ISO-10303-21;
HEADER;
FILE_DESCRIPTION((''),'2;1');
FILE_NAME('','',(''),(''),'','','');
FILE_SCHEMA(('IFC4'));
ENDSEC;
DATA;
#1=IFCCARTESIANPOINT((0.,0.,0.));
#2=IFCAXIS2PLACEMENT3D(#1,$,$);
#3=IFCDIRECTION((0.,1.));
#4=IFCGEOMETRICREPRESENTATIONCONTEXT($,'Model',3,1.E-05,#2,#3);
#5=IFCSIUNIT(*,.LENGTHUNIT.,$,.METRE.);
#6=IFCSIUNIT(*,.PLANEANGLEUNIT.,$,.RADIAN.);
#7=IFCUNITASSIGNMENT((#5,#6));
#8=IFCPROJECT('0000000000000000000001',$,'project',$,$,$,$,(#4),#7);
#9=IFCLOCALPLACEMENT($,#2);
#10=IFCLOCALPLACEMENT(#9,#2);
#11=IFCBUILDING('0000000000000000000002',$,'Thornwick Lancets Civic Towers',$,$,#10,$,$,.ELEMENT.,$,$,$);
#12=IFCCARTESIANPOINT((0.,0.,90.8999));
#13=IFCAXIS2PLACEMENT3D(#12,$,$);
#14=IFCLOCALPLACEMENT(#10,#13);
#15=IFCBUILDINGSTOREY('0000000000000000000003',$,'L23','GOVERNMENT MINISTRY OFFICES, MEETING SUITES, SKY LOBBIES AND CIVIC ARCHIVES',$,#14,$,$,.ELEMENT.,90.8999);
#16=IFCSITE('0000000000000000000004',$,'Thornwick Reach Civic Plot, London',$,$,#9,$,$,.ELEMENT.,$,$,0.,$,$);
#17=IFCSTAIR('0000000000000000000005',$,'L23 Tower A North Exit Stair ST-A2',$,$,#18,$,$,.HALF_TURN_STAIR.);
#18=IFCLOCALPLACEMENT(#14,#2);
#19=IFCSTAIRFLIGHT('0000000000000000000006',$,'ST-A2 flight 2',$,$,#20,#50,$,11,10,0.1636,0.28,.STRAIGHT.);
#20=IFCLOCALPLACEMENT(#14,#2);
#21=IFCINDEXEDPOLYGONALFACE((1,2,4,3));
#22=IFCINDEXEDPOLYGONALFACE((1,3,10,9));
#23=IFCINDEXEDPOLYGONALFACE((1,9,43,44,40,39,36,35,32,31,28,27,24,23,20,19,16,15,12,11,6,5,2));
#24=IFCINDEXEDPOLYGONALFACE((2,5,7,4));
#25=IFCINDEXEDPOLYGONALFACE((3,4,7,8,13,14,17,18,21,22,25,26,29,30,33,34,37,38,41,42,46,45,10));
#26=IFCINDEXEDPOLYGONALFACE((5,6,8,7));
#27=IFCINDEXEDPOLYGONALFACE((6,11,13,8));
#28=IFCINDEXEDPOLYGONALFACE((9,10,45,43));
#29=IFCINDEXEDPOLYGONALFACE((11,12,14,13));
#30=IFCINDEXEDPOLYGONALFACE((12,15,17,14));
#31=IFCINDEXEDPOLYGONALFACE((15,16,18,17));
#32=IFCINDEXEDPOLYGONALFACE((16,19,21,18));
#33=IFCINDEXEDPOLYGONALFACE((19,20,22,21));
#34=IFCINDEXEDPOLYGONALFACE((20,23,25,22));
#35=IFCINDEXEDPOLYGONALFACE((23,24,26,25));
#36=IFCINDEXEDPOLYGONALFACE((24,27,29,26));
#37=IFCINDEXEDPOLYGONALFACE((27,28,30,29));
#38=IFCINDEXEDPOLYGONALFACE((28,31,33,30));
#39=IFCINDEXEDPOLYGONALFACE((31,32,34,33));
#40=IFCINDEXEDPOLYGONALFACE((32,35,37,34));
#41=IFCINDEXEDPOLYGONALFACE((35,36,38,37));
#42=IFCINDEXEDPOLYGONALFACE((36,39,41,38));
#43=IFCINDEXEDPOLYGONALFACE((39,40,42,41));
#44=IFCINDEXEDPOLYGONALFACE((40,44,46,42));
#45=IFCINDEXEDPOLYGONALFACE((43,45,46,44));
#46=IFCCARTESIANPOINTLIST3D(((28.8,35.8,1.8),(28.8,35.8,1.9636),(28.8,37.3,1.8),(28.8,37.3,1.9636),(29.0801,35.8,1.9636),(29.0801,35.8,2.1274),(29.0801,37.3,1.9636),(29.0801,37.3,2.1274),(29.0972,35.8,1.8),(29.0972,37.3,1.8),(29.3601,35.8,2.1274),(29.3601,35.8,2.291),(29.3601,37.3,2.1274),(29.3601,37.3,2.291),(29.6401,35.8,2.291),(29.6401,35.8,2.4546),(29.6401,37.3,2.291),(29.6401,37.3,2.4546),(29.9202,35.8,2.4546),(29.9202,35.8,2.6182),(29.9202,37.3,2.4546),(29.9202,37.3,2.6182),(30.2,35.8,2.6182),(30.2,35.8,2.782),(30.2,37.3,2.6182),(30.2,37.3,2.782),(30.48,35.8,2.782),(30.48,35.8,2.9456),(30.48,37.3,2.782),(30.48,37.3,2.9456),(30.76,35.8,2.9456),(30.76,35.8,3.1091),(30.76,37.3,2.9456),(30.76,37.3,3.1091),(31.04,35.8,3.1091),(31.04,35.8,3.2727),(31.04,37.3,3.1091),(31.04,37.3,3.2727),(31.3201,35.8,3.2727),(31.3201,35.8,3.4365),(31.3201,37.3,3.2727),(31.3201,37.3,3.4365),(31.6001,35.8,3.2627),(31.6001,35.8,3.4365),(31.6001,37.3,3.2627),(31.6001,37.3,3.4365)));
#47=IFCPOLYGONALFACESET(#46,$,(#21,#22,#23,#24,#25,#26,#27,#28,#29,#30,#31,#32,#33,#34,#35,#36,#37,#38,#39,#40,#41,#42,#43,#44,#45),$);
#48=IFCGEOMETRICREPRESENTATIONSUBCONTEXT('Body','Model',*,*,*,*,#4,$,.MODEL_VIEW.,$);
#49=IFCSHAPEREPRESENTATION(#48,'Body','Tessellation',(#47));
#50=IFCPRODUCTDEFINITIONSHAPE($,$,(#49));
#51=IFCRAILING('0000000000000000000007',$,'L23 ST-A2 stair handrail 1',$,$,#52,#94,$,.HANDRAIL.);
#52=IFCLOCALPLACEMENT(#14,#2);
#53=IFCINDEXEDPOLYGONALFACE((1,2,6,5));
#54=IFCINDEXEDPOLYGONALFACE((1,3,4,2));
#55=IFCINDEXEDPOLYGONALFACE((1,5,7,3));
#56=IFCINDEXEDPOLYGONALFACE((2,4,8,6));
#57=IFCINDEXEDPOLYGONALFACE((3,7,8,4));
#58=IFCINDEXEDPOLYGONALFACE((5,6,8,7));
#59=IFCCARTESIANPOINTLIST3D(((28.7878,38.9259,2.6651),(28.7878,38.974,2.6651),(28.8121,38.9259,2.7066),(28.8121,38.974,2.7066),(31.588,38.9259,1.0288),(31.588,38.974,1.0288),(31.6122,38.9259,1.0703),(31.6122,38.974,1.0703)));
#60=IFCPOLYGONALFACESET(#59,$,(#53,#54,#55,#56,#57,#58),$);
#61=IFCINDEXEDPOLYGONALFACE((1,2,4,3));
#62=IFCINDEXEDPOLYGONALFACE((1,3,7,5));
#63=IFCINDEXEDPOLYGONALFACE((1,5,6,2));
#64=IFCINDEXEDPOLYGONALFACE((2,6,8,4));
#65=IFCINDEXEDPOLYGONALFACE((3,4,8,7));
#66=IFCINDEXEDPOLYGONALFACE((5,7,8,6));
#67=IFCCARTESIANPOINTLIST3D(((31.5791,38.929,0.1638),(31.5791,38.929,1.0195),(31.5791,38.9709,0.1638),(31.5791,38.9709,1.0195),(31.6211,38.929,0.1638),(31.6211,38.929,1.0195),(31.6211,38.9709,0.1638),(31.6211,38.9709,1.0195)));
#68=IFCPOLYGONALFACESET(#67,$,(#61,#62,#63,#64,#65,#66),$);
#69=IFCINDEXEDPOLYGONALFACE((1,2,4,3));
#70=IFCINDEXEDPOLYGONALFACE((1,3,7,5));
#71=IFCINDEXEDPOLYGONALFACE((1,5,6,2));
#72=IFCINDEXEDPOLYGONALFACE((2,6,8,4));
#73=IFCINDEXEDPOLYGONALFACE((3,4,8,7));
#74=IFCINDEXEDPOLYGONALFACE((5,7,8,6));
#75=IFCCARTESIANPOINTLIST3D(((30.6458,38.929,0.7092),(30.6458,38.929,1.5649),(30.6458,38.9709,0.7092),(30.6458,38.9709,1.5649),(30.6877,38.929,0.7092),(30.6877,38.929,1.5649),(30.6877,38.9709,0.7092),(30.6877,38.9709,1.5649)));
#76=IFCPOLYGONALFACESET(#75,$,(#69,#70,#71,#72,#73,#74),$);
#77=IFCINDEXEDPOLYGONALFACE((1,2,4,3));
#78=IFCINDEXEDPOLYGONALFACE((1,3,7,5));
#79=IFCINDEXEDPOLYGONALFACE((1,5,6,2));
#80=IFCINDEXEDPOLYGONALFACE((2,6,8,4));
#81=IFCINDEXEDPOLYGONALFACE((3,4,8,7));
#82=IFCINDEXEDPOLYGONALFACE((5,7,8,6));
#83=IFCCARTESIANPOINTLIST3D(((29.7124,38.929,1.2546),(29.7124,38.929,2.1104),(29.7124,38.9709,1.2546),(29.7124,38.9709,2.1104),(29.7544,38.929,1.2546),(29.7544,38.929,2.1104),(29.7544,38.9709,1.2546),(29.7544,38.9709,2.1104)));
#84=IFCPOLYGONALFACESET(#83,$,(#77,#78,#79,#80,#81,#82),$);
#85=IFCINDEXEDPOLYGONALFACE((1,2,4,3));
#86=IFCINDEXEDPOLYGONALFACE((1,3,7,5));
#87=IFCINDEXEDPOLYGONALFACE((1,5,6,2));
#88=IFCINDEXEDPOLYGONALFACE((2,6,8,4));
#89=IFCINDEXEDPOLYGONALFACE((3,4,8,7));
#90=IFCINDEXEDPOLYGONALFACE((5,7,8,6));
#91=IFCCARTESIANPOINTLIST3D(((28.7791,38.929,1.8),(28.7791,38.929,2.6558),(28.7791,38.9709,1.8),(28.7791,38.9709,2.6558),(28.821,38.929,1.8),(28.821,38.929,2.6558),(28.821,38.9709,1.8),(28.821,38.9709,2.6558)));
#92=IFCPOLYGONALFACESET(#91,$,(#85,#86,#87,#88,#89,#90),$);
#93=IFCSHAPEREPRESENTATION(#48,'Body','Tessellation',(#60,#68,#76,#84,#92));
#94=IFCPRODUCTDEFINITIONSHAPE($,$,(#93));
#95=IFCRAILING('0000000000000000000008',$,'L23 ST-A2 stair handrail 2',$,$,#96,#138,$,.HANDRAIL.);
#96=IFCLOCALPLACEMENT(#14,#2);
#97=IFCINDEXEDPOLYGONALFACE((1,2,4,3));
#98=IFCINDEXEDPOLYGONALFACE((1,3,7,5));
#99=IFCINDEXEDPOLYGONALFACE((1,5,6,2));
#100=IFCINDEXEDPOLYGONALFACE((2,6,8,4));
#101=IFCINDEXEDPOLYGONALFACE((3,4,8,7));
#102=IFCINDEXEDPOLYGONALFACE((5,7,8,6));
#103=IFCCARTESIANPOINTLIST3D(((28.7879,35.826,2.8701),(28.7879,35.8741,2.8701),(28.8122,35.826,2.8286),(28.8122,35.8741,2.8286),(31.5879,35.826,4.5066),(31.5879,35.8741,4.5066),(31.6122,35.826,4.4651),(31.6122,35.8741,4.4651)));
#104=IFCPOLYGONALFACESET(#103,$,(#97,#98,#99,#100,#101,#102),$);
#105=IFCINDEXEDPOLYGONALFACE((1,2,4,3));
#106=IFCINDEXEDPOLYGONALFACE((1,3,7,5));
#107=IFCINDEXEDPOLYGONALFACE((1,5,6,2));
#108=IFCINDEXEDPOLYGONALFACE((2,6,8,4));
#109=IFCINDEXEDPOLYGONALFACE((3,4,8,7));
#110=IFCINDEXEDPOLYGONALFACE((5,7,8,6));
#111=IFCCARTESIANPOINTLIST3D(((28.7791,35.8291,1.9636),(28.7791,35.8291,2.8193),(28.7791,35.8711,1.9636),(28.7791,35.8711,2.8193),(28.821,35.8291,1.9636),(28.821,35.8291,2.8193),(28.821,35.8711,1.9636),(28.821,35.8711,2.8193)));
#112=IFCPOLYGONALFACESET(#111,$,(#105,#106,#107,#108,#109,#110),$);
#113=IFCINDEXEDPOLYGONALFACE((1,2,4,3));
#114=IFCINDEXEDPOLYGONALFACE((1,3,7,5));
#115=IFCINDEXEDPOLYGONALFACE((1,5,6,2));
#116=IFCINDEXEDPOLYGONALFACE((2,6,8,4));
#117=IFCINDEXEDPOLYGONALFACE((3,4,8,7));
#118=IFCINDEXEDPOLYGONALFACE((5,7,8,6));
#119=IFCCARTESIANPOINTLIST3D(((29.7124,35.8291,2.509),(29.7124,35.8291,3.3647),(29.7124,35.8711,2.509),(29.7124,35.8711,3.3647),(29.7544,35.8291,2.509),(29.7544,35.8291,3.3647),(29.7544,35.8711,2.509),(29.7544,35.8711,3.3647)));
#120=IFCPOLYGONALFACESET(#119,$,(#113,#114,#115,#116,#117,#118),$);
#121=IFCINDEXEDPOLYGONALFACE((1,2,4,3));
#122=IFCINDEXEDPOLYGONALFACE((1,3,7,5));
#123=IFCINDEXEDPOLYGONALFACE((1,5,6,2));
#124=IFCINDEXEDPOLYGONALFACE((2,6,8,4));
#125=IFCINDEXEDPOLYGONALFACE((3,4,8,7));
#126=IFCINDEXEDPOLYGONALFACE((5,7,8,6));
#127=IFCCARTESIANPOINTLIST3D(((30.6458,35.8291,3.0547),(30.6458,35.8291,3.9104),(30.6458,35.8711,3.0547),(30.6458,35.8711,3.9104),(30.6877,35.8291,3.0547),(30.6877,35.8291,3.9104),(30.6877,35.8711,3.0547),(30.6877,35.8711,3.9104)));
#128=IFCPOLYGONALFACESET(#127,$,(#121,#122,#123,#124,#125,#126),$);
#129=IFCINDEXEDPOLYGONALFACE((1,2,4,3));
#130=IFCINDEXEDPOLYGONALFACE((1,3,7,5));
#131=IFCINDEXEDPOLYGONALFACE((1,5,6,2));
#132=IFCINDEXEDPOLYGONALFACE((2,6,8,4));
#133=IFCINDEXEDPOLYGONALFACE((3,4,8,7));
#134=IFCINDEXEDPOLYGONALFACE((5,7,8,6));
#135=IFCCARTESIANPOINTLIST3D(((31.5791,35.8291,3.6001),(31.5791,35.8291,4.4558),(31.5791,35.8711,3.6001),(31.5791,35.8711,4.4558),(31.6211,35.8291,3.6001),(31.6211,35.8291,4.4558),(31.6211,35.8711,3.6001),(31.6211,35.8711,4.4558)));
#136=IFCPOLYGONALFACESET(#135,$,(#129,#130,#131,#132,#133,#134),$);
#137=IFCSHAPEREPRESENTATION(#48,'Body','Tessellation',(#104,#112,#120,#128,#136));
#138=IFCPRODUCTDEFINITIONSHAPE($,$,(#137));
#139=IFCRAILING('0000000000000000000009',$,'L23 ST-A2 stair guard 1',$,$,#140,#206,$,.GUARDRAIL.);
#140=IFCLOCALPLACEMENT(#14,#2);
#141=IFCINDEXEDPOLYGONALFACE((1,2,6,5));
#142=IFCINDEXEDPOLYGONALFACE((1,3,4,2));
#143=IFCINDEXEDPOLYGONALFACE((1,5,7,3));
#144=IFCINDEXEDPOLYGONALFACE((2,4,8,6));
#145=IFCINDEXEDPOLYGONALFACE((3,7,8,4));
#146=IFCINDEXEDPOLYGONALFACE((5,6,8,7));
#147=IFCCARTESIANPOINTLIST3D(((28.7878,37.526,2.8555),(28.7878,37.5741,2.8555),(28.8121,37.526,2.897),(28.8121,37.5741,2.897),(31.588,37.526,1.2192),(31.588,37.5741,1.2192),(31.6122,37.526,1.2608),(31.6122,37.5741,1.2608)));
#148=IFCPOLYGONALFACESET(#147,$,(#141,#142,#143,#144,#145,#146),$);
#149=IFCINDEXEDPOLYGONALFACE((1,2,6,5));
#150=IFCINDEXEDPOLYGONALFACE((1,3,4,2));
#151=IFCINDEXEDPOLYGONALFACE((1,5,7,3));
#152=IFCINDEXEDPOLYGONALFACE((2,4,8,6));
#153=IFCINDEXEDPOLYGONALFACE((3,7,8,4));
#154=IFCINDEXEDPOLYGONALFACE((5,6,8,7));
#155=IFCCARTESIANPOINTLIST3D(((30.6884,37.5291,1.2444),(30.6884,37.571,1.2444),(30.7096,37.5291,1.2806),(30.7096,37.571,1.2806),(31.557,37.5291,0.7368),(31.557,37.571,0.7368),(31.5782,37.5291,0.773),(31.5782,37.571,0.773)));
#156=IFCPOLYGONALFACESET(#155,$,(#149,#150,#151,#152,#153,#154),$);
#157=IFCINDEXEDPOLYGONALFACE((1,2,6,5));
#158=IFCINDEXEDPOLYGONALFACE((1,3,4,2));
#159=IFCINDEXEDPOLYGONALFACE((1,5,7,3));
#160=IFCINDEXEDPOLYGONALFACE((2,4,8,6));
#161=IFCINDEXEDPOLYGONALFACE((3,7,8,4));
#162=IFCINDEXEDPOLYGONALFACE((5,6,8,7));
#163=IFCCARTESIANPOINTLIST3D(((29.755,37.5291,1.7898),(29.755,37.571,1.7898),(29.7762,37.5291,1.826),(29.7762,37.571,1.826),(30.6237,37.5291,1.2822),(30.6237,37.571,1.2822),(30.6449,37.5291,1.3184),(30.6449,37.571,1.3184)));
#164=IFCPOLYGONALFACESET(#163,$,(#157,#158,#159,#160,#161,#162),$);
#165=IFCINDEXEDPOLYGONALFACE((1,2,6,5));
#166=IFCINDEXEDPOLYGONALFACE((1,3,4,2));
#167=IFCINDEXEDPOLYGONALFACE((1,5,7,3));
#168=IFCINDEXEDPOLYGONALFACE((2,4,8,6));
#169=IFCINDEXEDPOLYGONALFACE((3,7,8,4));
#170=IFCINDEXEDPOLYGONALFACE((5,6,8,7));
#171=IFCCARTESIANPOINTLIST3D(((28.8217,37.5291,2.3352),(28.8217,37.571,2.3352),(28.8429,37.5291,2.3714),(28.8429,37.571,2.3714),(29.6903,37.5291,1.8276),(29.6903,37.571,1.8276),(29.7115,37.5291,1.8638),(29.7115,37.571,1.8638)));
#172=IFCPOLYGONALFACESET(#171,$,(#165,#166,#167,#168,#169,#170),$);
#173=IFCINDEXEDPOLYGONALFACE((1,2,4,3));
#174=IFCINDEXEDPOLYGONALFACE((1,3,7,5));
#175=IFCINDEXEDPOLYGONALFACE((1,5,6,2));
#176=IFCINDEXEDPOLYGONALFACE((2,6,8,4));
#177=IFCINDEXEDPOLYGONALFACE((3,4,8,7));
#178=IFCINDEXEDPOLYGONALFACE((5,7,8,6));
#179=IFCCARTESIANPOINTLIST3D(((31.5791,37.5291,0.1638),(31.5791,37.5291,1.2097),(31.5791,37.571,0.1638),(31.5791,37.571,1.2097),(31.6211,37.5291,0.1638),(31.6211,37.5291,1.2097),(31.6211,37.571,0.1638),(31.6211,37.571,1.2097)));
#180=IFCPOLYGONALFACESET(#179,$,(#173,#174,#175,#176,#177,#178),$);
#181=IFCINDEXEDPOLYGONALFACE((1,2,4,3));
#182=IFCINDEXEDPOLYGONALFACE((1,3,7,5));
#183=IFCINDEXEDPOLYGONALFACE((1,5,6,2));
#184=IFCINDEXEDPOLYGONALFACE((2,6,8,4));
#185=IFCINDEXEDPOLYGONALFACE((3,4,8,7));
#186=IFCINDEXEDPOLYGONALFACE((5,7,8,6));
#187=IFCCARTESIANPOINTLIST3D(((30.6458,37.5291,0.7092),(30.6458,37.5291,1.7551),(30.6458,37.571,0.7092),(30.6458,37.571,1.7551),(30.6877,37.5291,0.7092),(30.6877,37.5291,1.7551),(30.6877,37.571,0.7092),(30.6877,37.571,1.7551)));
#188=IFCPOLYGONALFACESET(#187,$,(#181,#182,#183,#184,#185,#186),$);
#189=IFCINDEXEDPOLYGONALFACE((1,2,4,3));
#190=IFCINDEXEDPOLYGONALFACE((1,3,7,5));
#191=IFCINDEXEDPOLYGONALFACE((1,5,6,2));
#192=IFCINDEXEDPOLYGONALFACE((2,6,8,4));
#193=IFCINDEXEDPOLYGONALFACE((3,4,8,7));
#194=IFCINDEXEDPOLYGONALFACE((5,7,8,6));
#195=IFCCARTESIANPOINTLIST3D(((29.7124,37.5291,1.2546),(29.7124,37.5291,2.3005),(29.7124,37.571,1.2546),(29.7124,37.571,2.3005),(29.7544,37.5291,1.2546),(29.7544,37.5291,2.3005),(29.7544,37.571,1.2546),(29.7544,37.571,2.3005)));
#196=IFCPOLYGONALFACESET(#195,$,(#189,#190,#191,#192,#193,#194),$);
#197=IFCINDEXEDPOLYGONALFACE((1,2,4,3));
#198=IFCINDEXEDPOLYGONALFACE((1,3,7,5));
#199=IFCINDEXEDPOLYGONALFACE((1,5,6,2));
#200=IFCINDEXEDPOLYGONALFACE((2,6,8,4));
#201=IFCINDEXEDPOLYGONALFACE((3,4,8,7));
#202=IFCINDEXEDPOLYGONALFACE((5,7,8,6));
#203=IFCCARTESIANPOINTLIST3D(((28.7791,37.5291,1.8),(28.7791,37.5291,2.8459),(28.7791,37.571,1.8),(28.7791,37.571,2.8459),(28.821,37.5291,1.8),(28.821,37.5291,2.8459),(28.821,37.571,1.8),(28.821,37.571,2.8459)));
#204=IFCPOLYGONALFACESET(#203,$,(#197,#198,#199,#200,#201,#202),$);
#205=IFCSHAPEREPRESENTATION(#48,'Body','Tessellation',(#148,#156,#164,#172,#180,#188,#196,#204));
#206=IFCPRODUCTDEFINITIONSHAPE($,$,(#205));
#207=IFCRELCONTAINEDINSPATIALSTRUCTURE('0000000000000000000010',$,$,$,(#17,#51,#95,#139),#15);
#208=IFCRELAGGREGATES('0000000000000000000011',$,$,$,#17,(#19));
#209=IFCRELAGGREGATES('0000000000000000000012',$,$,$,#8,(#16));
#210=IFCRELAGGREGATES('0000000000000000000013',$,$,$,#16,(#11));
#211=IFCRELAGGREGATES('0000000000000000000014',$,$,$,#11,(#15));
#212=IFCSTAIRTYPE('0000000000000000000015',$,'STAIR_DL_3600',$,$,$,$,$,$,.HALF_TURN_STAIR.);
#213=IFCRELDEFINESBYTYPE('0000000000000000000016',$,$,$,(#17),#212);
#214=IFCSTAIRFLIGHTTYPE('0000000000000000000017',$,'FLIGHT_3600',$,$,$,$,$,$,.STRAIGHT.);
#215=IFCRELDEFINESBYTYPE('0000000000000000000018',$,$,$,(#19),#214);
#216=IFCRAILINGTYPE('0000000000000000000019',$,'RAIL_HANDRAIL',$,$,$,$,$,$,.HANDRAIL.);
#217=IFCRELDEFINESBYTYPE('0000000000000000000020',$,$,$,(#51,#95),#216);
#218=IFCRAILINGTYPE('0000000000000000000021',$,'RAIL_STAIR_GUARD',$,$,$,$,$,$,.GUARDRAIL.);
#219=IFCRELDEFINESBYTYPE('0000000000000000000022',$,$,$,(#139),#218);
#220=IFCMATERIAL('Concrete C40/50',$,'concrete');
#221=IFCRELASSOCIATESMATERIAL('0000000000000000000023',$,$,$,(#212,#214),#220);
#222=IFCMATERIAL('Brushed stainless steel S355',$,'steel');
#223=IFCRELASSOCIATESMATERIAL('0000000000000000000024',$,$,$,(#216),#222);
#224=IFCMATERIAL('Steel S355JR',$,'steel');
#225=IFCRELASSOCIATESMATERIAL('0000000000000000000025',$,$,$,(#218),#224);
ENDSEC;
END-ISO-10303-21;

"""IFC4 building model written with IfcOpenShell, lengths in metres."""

from ifc_helpers import new_model, si_unit, direction, frame, origin, origin_2d, place, context, subcontext, project, spatial, polyline, rectangle, outline, extrude, material, type_object, element, aggregate, save


model = new_model("IFC4")

# Units and contexts
model_context = context("Model", 3, precision=1e-05, world=origin(), true_north=direction((0.0, 1.0)))
body_context = subcontext(model_context, "Body", "Model", "MODEL_VIEW")
ifc_project = project(units=[si_unit("LENGTHUNIT", "METRE"), si_unit("PLANEANGLEUNIT", "RADIAN")], contexts=[model_context])

# Site, building, storey
site_placement = place(None, origin())
site = spatial("IfcSite", under=ifc_project, at=site_placement, Name="Thornwick Reach Civic Plot, London", CompositionType="ELEMENT", RefElevation=0.0)
building_placement = place(site_placement, origin())
building = spatial("IfcBuilding", under=site, at=building_placement, Name="Thornwick Lancets Civic Towers", CompositionType="ELEMENT")
storey_placement = place(building_placement, frame((0.0, 0.0, 90.8999)))
storey = spatial("IfcBuildingStorey", under=building, at=storey_placement, Name="L23", Description="GOVERNMENT MINISTRY OFFICES, MEETING SUITES, SKY LOBBIES AND CIVIC ARCHIVES", CompositionType="ELEMENT", Elevation=90.8999)

# Shared definitions
ifc_material_1 = material(Name="Steel S355JR", Category="steel")
ifc_material_2 = material(Name="Concrete C40/50", Category="concrete")

# Stair, stair flight
stair_type = type_object("IfcStairType", Name="STAIR_DL_3600", PredefinedType="HALF_TURN_STAIR", material=ifc_material_2)
stair_placement = place(storey_placement, origin())
stair = element("IfcStair", 1, at=stair_placement, inside=storey, type_object=stair_type, Name="L23 Tower A North Exit Stair ST-A2", PredefinedType="HALF_TURN_STAIR")
stair_flight_type = type_object("IfcStairFlightType", Name="FLIGHT_3600", PredefinedType="STRAIGHT", material=ifc_material_2)
stair_flight_1_placement = place(storey_placement, frame((28.8, 36.55, 1.8), z_axis=(0.0, 0.0, 1.0), x_axis=(1.0, 0.0, 0.0)))
stair_flight_1 = element("IfcStairFlight", 2, at=stair_flight_1_placement, type_object=stair_flight_type, Name="ST-A2 flight 2", NumberOfRisers=11, NumberOfTreads=10, PredefinedType="STRAIGHT", RiserHeight=0.1636, TreadLength=0.28, context=body_context, shape_type="SweptSolid", body=[
    extrude(outline(polyline([(0.0, 0.0), (0.0, 0.1636), (0.28, 0.1636), (0.28, 0.3274), (0.5601, 0.3274), (0.5601, 0.491), (0.8401, 0.491), (0.8401, 0.6545), (1.1201, 0.6545), (1.1201, 0.8181), (1.3999, 0.8181), (1.3999, 0.9819), (1.6799, 0.9819), (1.6799, 1.1455), (1.96, 1.1455), (1.96, 1.3091), (2.24, 1.3091), (2.24, 1.4727), (2.52, 1.4727), (2.52, 1.6365), (2.8, 1.6365), (2.8, 1.8), (2.8, 1.4626), (0.2971, 0.0), (0.0, 0.0)])), frame((0.0, 0.75, 0.0), z_axis=(0.0, -1.0, 0.0), x_axis=(1.0, 0.0, 0.0)), (0.0, 0.0, 1.0), 1.5),
])
aggregate(stair, [stair_flight_1])

# Railings
ifc_material_3 = material(Name="Brushed stainless steel S355", Category="steel")
railing_type_1 = type_object("IfcRailingType", Name="RAIL_HANDRAIL", PredefinedType="HANDRAIL", material=ifc_material_3)
railing_1_placement = place(storey_placement, frame((31.6001, 38.95, 0.1638)))
element("IfcRailing", 3, at=railing_1_placement, inside=storey, type_object=railing_type_1, Name="L23 ST-A2 stair handrail 1", PredefinedType="HANDRAIL", context=body_context, shape_type="SweptSolid", body=[
    extrude(rectangle(XDim=0.0481, YDim=0.0481, at=origin_2d()), frame((0.0, 0.0, 0.8857), z_axis=(-0.863394, 0.0, 0.504531), x_axis=(0.0, -1.0, 0.0)), (0.0, 0.0, 1.0), 3.2432),
    extrude(rectangle(XDim=0.042, YDim=0.042, at=origin_2d()), origin(), (0.0, 0.0, 1.0), 0.8557),
    extrude(rectangle(XDim=0.042, YDim=0.042, at=origin_2d()), frame((-0.9333, 0.0, 0.5454)), (0.0, 0.0, 1.0), 0.8557),
    extrude(rectangle(XDim=0.042, YDim=0.042, at=origin_2d()), frame((-1.8667, 0.0, 1.0908)), (0.0, 0.0, 1.0), 0.8557),
    extrude(rectangle(XDim=0.042, YDim=0.042, at=origin_2d()), frame((-2.8, 0.0, 1.6362)), (0.0, 0.0, 1.0), 0.8557),
])
railing_2_placement = place(storey_placement, frame((28.8, 35.8501, 1.9636)))
element("IfcRailing", 4, at=railing_2_placement, inside=storey, type_object=railing_type_1, Name="L23 ST-A2 stair handrail 2", PredefinedType="HANDRAIL", context=body_context, shape_type="SweptSolid", body=[
    extrude(rectangle(XDim=0.0481, YDim=0.0481, at=origin_2d()), frame((0.0, 0.0, 0.8857), z_axis=(0.863361, 0.0, 0.504587), x_axis=(0.0, 1.0, 0.0)), (0.0, 0.0, 1.0), 3.2432),
    extrude(rectangle(XDim=0.042, YDim=0.042, at=origin_2d()), origin(), (0.0, 0.0, 1.0), 0.8557),
    extrude(rectangle(XDim=0.042, YDim=0.042, at=origin_2d()), frame((0.9333, 0.0, 0.5454)), (0.0, 0.0, 1.0), 0.8557),
    extrude(rectangle(XDim=0.042, YDim=0.042, at=origin_2d()), frame((1.8667, 0.0, 1.0911)), (0.0, 0.0, 1.0), 0.8557),
    extrude(rectangle(XDim=0.042, YDim=0.042, at=origin_2d()), frame((2.8, 0.0, 1.6365)), (0.0, 0.0, 1.0), 0.8557),
])
railing_type_2 = type_object("IfcRailingType", Name="RAIL_STAIR_GUARD", PredefinedType="GUARDRAIL", material=ifc_material_1)
railing_3_placement = place(storey_placement, frame((31.6001, 37.55, 0.1638)))
element("IfcRailing", 5, at=railing_3_placement, inside=storey, type_object=railing_type_2, Name="L23 ST-A2 stair guard 1", PredefinedType="GUARDRAIL", context=body_context, shape_type="SweptSolid", body=[
    extrude(rectangle(XDim=0.0481, YDim=0.0481, at=origin_2d()), frame((0.0, 0.0, 1.0762), z_axis=(-0.863394, 0.0, 0.504531), x_axis=(0.0, -1.0, 0.0)), (0.0, 0.0, 1.0), 3.2432),
    extrude(rectangle(XDim=0.042, YDim=0.042, at=origin_2d()), frame((-0.0325, 0.0, 0.5911), z_axis=(-0.863394, 0.0, 0.504531), x_axis=(0.0, -1.0, 0.0)), (0.0, 0.0, 1.0), 1.0061),
    extrude(rectangle(XDim=0.042, YDim=0.042, at=origin_2d()), frame((-0.9658, 0.0, 1.1365), z_axis=(-0.863394, 0.0, 0.504531), x_axis=(0.0, -1.0, 0.0)), (0.0, 0.0, 1.0), 1.0061),
    extrude(rectangle(XDim=0.042, YDim=0.042, at=origin_2d()), frame((-1.8992, 0.0, 1.6819), z_axis=(-0.863394, 0.0, 0.504531), x_axis=(0.0, -1.0, 0.0)), (0.0, 0.0, 1.0), 1.0061),
    extrude(rectangle(XDim=0.042, YDim=0.042, at=origin_2d()), origin(), (0.0, 0.0, 1.0), 1.0459),
    extrude(rectangle(XDim=0.042, YDim=0.042, at=origin_2d()), frame((-0.9333, 0.0, 0.5454)), (0.0, 0.0, 1.0), 1.0459),
    extrude(rectangle(XDim=0.042, YDim=0.042, at=origin_2d()), frame((-1.8667, 0.0, 1.0908)), (0.0, 0.0, 1.0), 1.0459),
    extrude(rectangle(XDim=0.042, YDim=0.042, at=origin_2d()), frame((-2.8, 0.0, 1.6362)), (0.0, 0.0, 1.0), 1.0459),
])

save(model, "model.ifc")
